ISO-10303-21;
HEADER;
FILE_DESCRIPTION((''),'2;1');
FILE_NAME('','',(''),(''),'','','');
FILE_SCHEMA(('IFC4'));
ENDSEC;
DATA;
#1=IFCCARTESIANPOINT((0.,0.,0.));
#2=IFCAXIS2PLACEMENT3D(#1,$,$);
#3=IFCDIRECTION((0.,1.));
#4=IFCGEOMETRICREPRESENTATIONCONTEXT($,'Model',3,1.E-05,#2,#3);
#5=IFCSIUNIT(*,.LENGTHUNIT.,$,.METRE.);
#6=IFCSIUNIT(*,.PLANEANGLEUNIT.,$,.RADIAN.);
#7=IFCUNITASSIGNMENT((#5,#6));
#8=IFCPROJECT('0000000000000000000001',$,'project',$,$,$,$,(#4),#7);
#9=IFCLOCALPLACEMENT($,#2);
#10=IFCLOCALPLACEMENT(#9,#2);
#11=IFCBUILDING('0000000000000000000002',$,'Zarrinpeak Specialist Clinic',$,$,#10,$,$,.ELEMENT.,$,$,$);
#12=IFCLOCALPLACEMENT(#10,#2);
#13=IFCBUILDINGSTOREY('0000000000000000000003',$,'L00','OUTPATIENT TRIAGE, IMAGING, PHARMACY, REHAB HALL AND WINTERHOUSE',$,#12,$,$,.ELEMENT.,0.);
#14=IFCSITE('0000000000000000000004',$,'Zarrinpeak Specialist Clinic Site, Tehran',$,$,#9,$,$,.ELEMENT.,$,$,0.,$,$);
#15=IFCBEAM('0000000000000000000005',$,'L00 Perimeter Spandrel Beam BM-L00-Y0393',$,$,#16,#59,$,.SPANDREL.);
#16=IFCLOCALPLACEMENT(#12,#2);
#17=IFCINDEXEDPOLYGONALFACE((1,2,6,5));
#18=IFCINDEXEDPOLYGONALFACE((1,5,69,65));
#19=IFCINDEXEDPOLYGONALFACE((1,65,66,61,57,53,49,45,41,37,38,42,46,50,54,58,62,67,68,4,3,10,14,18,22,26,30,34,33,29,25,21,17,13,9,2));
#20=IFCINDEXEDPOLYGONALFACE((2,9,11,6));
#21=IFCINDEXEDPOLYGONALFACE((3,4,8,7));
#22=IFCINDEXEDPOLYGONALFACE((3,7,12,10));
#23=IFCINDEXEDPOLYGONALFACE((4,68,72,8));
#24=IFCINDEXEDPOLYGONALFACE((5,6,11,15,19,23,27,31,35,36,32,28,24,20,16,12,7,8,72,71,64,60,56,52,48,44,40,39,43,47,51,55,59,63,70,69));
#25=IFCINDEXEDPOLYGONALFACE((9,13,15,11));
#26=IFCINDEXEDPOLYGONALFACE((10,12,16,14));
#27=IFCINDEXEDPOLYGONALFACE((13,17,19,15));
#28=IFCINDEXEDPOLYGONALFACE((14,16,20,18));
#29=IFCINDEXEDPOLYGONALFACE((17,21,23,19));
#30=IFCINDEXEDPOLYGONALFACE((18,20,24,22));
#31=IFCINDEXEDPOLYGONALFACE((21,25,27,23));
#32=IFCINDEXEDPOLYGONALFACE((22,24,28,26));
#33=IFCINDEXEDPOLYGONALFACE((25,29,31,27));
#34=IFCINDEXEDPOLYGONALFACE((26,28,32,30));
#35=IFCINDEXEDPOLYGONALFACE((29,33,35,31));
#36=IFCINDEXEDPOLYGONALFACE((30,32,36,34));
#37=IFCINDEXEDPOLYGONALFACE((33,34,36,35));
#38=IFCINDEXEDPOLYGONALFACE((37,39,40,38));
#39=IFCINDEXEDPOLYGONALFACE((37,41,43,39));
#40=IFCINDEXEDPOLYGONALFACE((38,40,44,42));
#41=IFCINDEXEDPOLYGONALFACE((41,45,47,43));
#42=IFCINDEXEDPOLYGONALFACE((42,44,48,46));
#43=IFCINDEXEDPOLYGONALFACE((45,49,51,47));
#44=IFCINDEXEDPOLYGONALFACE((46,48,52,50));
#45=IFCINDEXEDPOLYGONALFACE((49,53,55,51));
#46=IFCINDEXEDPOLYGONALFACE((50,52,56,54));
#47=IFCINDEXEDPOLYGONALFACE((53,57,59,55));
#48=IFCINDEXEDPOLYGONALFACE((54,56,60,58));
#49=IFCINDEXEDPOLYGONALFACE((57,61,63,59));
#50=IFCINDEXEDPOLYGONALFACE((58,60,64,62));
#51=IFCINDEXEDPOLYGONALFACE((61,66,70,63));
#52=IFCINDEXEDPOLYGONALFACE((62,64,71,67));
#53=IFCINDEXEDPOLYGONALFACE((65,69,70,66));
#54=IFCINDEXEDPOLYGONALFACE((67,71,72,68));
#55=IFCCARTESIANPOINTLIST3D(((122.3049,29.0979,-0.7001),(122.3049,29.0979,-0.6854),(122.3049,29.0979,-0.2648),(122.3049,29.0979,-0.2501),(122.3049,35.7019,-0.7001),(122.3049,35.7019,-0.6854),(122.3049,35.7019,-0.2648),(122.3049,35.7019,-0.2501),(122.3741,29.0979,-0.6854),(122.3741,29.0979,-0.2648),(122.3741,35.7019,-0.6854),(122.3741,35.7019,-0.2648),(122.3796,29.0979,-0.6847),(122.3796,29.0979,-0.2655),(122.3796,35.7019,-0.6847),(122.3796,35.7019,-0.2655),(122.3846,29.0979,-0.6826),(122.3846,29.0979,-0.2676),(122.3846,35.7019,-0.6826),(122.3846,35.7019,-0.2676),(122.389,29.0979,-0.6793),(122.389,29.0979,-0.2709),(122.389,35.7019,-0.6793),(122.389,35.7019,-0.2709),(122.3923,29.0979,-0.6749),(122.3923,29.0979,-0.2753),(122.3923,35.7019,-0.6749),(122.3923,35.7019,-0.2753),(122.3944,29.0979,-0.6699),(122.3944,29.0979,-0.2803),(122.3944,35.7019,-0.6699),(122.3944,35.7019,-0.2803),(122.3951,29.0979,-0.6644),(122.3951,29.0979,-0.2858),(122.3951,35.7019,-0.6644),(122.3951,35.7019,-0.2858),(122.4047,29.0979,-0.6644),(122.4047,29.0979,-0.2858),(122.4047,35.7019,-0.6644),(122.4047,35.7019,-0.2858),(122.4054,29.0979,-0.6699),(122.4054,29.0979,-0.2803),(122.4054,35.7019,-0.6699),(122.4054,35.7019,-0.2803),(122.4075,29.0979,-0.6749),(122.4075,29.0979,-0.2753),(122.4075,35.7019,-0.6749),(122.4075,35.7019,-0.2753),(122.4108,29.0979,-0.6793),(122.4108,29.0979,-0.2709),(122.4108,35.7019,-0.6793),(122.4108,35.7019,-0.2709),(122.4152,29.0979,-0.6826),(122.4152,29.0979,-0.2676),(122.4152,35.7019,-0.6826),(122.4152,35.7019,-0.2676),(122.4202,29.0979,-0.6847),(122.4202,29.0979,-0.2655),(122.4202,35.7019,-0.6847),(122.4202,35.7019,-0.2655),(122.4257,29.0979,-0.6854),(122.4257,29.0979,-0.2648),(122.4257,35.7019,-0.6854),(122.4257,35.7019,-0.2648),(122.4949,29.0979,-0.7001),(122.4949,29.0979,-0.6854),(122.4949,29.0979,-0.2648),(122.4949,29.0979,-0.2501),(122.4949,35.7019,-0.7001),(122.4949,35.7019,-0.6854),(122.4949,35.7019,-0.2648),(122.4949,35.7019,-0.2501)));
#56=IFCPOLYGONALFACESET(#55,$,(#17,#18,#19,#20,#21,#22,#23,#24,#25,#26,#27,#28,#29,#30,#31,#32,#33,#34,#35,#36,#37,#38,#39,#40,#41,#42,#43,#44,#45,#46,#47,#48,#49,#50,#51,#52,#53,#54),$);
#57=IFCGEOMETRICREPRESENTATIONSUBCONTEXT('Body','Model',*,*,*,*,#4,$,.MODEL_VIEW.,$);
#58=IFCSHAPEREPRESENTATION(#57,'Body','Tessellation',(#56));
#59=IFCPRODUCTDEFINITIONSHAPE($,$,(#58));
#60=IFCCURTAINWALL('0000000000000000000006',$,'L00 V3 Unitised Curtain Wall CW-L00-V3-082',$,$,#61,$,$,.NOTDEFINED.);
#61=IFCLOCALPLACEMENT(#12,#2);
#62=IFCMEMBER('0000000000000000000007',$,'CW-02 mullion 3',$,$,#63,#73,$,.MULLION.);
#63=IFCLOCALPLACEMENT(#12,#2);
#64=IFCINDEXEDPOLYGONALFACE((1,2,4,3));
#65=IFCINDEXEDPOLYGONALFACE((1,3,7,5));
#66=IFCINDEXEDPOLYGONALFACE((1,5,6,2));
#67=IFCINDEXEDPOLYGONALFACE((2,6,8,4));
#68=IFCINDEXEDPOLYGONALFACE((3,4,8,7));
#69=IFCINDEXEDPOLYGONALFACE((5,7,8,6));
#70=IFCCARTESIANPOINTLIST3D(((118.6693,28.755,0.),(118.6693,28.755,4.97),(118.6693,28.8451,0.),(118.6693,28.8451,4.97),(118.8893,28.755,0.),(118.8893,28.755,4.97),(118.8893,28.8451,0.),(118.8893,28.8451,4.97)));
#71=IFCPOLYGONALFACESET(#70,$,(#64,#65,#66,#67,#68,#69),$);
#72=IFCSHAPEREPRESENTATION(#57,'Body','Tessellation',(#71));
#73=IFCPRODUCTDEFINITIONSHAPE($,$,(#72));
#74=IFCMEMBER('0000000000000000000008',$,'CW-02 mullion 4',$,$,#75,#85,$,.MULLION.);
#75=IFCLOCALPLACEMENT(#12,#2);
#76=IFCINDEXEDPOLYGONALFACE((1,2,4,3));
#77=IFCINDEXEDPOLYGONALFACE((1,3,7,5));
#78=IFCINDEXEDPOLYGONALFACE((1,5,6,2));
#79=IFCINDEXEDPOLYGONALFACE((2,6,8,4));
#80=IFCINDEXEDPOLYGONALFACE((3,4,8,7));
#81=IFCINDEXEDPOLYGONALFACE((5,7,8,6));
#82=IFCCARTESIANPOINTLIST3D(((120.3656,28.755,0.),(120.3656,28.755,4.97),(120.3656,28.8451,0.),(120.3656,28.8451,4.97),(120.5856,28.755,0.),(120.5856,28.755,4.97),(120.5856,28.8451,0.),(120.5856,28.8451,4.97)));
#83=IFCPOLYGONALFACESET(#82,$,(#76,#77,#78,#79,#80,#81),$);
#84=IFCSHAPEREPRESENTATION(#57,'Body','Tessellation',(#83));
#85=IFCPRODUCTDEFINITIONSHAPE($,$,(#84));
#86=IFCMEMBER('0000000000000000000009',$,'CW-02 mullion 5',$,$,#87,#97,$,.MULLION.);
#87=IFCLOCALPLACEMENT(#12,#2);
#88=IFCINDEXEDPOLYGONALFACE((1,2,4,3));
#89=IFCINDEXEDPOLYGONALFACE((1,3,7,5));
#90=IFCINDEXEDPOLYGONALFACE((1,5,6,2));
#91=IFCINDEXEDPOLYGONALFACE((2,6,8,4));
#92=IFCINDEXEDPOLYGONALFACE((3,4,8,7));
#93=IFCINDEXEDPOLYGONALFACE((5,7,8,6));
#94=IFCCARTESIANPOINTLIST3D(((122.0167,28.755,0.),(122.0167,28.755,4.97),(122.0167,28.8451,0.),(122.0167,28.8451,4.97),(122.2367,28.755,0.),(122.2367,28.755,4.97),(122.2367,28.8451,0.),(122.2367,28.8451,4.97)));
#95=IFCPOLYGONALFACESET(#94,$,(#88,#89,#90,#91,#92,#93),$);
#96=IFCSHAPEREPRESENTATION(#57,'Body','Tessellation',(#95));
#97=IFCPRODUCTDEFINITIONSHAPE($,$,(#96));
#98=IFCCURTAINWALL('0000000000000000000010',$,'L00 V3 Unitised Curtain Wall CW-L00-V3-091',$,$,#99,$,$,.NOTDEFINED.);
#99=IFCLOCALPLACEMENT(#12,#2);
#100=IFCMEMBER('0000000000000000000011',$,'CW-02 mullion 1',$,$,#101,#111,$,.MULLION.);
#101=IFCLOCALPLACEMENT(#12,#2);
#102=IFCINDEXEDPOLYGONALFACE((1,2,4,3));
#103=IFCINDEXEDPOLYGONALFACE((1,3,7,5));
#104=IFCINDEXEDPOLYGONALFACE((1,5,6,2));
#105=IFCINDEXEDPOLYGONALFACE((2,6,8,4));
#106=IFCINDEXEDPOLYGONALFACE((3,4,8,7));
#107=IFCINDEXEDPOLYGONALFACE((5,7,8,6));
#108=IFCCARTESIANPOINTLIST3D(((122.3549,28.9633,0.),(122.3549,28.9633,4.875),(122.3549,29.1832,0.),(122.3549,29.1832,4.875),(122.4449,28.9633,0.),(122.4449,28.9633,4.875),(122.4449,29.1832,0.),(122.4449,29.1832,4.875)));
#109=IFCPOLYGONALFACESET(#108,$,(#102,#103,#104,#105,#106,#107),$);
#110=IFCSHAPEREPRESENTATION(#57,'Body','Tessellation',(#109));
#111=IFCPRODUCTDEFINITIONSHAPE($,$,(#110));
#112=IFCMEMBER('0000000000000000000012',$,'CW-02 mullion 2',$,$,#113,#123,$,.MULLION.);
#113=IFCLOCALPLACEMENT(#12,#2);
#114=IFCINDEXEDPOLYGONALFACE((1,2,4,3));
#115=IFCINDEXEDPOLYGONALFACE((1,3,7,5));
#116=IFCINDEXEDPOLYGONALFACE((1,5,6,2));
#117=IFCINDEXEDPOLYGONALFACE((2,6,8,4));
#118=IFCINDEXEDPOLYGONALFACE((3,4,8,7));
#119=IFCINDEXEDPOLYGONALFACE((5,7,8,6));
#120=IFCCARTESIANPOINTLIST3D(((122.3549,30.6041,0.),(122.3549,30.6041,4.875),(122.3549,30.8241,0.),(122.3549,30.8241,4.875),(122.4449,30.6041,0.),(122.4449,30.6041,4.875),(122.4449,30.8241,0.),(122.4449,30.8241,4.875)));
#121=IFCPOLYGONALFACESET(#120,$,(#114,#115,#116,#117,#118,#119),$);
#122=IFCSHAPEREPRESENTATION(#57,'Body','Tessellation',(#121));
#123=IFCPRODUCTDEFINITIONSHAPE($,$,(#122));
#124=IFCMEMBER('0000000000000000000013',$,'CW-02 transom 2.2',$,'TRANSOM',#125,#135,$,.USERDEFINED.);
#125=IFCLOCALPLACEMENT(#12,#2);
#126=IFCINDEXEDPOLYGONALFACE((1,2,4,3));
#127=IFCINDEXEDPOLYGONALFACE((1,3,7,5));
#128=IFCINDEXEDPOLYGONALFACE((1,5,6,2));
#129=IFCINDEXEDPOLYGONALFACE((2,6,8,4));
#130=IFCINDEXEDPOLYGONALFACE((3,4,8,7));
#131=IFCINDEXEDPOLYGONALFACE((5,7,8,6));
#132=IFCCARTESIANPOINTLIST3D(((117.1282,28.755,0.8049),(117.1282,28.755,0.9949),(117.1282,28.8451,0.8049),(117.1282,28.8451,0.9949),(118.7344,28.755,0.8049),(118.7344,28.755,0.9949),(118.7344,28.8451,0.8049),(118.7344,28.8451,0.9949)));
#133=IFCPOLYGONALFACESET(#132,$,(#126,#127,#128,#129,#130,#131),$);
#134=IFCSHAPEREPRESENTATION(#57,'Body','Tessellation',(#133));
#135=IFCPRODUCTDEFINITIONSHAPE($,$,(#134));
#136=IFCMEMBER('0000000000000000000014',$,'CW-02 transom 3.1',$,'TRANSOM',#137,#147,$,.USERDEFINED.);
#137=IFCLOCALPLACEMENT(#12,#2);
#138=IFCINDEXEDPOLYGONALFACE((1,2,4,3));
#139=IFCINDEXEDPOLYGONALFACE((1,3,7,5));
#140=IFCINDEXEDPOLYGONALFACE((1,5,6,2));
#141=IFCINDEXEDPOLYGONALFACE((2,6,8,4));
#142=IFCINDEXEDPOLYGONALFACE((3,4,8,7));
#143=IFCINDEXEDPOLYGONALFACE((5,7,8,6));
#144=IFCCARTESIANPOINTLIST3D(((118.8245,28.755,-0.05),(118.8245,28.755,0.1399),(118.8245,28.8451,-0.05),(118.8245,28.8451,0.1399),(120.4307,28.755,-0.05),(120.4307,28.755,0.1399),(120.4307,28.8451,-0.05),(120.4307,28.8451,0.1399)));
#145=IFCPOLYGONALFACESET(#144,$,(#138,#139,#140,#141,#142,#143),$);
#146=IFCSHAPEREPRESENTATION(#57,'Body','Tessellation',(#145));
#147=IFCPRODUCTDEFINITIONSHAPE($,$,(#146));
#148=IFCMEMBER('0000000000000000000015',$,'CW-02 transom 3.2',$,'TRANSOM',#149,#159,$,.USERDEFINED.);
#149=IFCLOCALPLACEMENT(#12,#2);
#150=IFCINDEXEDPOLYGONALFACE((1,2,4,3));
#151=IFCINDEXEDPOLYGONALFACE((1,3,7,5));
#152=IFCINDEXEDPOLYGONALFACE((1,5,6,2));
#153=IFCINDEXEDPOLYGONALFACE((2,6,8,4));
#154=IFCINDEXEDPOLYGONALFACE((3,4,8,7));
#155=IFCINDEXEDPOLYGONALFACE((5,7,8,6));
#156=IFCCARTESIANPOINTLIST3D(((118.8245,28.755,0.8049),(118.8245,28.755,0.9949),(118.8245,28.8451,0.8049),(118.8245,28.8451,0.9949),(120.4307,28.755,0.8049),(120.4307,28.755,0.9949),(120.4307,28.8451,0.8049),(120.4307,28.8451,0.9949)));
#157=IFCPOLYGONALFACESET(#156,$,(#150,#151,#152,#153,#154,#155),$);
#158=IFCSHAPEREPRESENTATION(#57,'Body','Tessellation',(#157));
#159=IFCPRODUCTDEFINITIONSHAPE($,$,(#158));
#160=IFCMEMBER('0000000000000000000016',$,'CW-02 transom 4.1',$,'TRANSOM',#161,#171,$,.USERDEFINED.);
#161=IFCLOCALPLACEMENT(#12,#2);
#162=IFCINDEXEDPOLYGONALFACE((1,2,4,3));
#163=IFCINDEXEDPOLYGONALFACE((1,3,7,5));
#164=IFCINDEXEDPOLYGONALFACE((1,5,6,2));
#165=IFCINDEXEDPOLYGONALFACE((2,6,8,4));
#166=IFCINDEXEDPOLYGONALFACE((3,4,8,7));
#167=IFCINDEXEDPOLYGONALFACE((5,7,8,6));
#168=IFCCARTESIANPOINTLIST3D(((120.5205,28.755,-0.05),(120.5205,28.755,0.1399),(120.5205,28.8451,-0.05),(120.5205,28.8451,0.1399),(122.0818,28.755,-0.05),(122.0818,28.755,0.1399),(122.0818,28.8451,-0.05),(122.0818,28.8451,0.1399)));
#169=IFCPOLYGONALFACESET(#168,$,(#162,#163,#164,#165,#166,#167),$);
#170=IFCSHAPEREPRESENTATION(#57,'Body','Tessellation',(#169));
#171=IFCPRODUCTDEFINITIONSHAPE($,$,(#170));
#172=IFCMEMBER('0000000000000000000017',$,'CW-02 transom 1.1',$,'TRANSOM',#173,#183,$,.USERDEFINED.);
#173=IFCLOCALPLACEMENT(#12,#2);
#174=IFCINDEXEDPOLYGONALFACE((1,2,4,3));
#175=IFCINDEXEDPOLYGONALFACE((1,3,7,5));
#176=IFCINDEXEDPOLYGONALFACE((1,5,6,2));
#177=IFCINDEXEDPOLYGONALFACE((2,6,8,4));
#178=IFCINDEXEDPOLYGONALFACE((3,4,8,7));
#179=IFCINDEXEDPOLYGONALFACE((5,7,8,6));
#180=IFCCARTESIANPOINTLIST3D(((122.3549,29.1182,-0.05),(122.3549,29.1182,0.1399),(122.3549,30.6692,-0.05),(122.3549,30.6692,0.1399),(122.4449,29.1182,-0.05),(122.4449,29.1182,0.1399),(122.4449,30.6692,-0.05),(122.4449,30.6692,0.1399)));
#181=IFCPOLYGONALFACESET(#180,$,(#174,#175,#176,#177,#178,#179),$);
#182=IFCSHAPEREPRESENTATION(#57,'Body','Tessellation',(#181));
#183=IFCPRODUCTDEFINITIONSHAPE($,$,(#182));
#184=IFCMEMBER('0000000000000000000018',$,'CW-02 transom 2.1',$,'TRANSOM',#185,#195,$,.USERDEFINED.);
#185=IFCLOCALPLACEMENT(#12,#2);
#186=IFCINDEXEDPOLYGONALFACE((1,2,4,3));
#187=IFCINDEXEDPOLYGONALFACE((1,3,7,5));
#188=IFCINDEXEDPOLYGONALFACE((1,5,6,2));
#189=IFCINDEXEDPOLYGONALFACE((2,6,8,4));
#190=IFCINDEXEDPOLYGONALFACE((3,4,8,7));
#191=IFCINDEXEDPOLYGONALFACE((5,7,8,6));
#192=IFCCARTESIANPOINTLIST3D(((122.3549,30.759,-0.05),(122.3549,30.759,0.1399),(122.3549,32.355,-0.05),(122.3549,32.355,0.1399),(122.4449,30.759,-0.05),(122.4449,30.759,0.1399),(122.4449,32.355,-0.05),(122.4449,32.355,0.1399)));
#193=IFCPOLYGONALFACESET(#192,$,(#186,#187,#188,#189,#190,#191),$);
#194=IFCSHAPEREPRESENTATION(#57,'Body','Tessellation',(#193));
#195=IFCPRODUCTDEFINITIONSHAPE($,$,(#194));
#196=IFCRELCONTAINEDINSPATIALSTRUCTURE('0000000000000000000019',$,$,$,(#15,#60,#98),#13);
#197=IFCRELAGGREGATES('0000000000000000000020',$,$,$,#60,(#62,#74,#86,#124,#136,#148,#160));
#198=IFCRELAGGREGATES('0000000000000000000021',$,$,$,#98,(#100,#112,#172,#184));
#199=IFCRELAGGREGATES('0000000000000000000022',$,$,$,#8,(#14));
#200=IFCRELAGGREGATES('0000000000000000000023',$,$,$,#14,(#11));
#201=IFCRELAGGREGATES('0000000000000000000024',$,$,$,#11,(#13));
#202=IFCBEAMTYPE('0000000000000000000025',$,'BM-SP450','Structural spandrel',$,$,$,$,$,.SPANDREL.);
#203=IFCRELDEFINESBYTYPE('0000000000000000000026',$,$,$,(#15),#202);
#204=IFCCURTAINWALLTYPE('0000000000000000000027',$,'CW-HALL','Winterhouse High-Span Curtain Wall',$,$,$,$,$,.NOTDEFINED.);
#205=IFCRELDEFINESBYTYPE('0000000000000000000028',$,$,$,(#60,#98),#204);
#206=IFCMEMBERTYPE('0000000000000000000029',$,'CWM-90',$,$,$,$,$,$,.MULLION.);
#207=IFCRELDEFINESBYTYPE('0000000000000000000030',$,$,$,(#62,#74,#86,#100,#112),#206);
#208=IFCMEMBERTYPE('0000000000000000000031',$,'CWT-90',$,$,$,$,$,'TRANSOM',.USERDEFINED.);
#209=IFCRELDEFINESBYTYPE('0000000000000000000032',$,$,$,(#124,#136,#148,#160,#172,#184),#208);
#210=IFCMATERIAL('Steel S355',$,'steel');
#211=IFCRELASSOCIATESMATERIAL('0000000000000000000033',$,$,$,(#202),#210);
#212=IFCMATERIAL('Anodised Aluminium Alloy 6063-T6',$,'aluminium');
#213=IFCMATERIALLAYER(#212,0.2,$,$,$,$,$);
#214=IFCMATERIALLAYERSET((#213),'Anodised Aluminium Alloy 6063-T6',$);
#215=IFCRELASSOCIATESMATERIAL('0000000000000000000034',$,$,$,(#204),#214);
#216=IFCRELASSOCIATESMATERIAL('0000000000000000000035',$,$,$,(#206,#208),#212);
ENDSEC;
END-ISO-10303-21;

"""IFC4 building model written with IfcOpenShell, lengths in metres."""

from ifc_helpers import new_model, si_unit, direction, frame, origin, origin_2d, place, context, subcontext, project, spatial, rectangle, i_section, extrude, material, layer, layer_set, material_profile, profile_set, type_object, element, aggregate, save


model = new_model("IFC4")

# Units and contexts
model_context = context("Model", 3, precision=1e-05, world=origin(), true_north=direction((0.0, 1.0)))
body_context = subcontext(model_context, "Body", "Model", "MODEL_VIEW")
ifc_project = project(units=[si_unit("LENGTHUNIT", "METRE"), si_unit("PLANEANGLEUNIT", "RADIAN")], contexts=[model_context])

# Site, building, storey
site_placement = place(None, origin())
site = spatial("IfcSite", under=ifc_project, at=site_placement, Name="Zarrinpeak Specialist Clinic Site, Tehran", CompositionType="ELEMENT", RefElevation=0.0)
building_placement = place(site_placement, origin())
building = spatial("IfcBuilding", under=site, at=building_placement, Name="Zarrinpeak Specialist Clinic", CompositionType="ELEMENT")
storey_placement = place(building_placement, origin())
storey = spatial("IfcBuildingStorey", under=building, at=storey_placement, Name="L00", Description="OUTPATIENT TRIAGE, IMAGING, PHARMACY, REHAB HALL AND WINTERHOUSE", CompositionType="ELEMENT", Elevation=0.0)

# Shared definitions
ifc_material_1 = material(Name="Steel S355", Category="steel")

# Beam
ifc_material_profile_1 = material_profile(ifc_material_1, i_section(OverallWidth=0.1899, OverallDepth=0.45, WebThickness=0.0095, FlangeThickness=0.0146, FilletRadius=0.021, at=origin_2d()), Name="IPE 450")
ifc_profile_set_1 = profile_set([ifc_material_profile_1], Name="Steel S355")
beam_type_1 = type_object("IfcBeamType", Name="BM-SP450", Description="Structural spandrel", PredefinedType="SPANDREL", material=ifc_profile_set_1)
beam_placement = place(storey_placement, frame((122.3999, 29.0979, -0.4751), z_axis=(0.0, 1.0, 0.0), x_axis=(-1.0, 0.0, 0.0)))
element("IfcBeam", 1, at=beam_placement, inside=storey, type_object=beam_type_1, Name="L00 Perimeter Spandrel Beam BM-L00-Y0393", PredefinedType="SPANDREL", context=body_context, shape_type="SweptSolid", body=[
    extrude(i_section(OverallWidth=0.1899, OverallDepth=0.45, WebThickness=0.0095, FlangeThickness=0.0146, FilletRadius=0.021, at=origin_2d()), origin(), (0.0, 0.0, 1.0), 6.604),
])

# Curtain walls, members
ifc_material_2 = material(Name="Anodised Aluminium Alloy 6063-T6", Category="aluminium")
ifc_layer_1 = layer(ifc_material_2, 0.2)
ifc_layer_set_1 = layer_set([ifc_layer_1], Name="Anodised Aluminium Alloy 6063-T6")
curtain_wall_type = type_object("IfcCurtainWallType", Name="CW-HALL", Description="Winterhouse High-Span Curtain Wall", PredefinedType="NOTDEFINED", material=ifc_layer_set_1)
curtain_wall_1_placement = place(storey_placement, origin())
curtain_wall_1 = element("IfcCurtainWall", 2, at=curtain_wall_1_placement, inside=storey, type_object=curtain_wall_type, Name="L00 V3 Unitised Curtain Wall CW-L00-V3-082", PredefinedType="NOTDEFINED")
ifc_material_profile_2 = material_profile(ifc_material_2, rectangle(XDim=0.0901, YDim=0.22, at=origin_2d()), Name="ALU 90x220")
ifc_profile_set_2 = profile_set([ifc_material_profile_2], Name="Anodised Aluminium Alloy 6063-T6")
member_type_1 = type_object("IfcMemberType", Name="CWM-90", PredefinedType="MULLION", material=ifc_profile_set_2)
member_1_placement = place(storey_placement, frame((118.7793, 28.8, 0.0), z_axis=(0.0, 0.0, 1.0), x_axis=(0.0, 1.0, 0.0)))
member_1 = element("IfcMember", 3, at=member_1_placement, type_object=member_type_1, Name="CW-02 mullion 3", PredefinedType="MULLION", context=body_context, shape_type="SweptSolid", body=[
    extrude(rectangle(XDim=0.0901, YDim=0.22, at=origin_2d()), origin(), (0.0, 0.0, 1.0), 4.97),
])
member_2_placement = place(storey_placement, frame((120.4756, 28.8, 0.0), z_axis=(0.0, 0.0, 1.0), x_axis=(0.0, 1.0, 0.0)))
member_2 = element("IfcMember", 4, at=member_2_placement, type_object=member_type_1, Name="CW-02 mullion 4", PredefinedType="MULLION", context=body_context, shape_type="SweptSolid", body=[
    extrude(rectangle(XDim=0.0901, YDim=0.22, at=origin_2d()), origin(), (0.0, 0.0, 1.0), 4.97),
])
member_3_placement = place(storey_placement, frame((122.1267, 28.8, 0.0), z_axis=(0.0, 0.0, 1.0), x_axis=(0.0, 1.0, 0.0)))
member_3 = element("IfcMember", 5, at=member_3_placement, type_object=member_type_1, Name="CW-02 mullion 5", PredefinedType="MULLION", context=body_context, shape_type="SweptSolid", body=[
    extrude(rectangle(XDim=0.0901, YDim=0.22, at=origin_2d()), origin(), (0.0, 0.0, 1.0), 4.97),
])
curtain_wall_2_placement = place(storey_placement, origin())
curtain_wall_2 = element("IfcCurtainWall", 6, at=curtain_wall_2_placement, inside=storey, type_object=curtain_wall_type, Name="L00 V3 Unitised Curtain Wall CW-L00-V3-091", PredefinedType="NOTDEFINED")
member_4_placement = place(storey_placement, frame((122.3999, 29.0732, 0.0), z_axis=(0.0, 0.0, 1.0), x_axis=(-1.0, 0.0, 0.0)))
member_4 = element("IfcMember", 7, at=member_4_placement, type_object=member_type_1, Name="CW-02 mullion 1", PredefinedType="MULLION", context=body_context, shape_type="SweptSolid", body=[
    extrude(rectangle(XDim=0.0901, YDim=0.22, at=origin_2d()), origin(), (0.0, 0.0, 1.0), 4.875),
])
member_5_placement = place(storey_placement, frame((122.3999, 30.7141, 0.0), z_axis=(0.0, 0.0, 1.0), x_axis=(-1.0, 0.0, 0.0)))
member_5 = element("IfcMember", 8, at=member_5_placement, type_object=member_type_1, Name="CW-02 mullion 2", PredefinedType="MULLION", context=body_context, shape_type="SweptSolid", body=[
    extrude(rectangle(XDim=0.0901, YDim=0.22, at=origin_2d()), origin(), (0.0, 0.0, 1.0), 4.875),
])

# Members
ifc_material_profile_3 = material_profile(ifc_material_2, rectangle(XDim=0.0901, YDim=0.1899, at=origin_2d()), Name="ALU 90x190")
ifc_profile_set_3 = profile_set([ifc_material_profile_3], Name="Anodised Aluminium Alloy 6063-T6")
member_type_2 = type_object("IfcMemberType", Name="CWT-90", ElementType="TRANSOM", PredefinedType="USERDEFINED", material=ifc_profile_set_3)
member_6_placement = place(storey_placement, frame((117.1282, 28.8, 0.8999), z_axis=(1.0, 0.0, 0.0), x_axis=(0.0, 1.0, 0.0)))
member_6 = element("IfcMember", 9, at=member_6_placement, type_object=member_type_2, Name="CW-02 transom 2.2", ObjectType="TRANSOM", PredefinedType="USERDEFINED", context=body_context, shape_type="SweptSolid", body=[
    extrude(rectangle(XDim=0.0901, YDim=0.1899, at=origin_2d()), origin(), (0.0, 0.0, 1.0), 1.6062),
])
member_7_placement = place(storey_placement, frame((118.8245, 28.8, 0.0449), z_axis=(1.0, 0.0, 0.0), x_axis=(0.0, 1.0, 0.0)))
member_7 = element("IfcMember", 10, at=member_7_placement, type_object=member_type_2, Name="CW-02 transom 3.1", ObjectType="TRANSOM", PredefinedType="USERDEFINED", context=body_context, shape_type="SweptSolid", body=[
    extrude(rectangle(XDim=0.0901, YDim=0.1899, at=origin_2d()), origin(), (0.0, 0.0, 1.0), 1.6062),
])
member_8_placement = place(storey_placement, frame((118.8245, 28.8, 0.8999), z_axis=(1.0, 0.0, 0.0), x_axis=(0.0, 1.0, 0.0)))
member_8 = element("IfcMember", 11, at=member_8_placement, type_object=member_type_2, Name="CW-02 transom 3.2", ObjectType="TRANSOM", PredefinedType="USERDEFINED", context=body_context, shape_type="SweptSolid", body=[
    extrude(rectangle(XDim=0.0901, YDim=0.1899, at=origin_2d()), origin(), (0.0, 0.0, 1.0), 1.6062),
])
member_9_placement = place(storey_placement, frame((120.5205, 28.8, 0.0449), z_axis=(1.0, 0.0, 0.0), x_axis=(0.0, 1.0, 0.0)))
member_9 = element("IfcMember", 12, at=member_9_placement, type_object=member_type_2, Name="CW-02 transom 4.1", ObjectType="TRANSOM", PredefinedType="USERDEFINED", context=body_context, shape_type="SweptSolid", body=[
    extrude(rectangle(XDim=0.0901, YDim=0.1899, at=origin_2d()), origin(), (0.0, 0.0, 1.0), 1.5613),
])
member_10_placement = place(storey_placement, frame((122.3999, 29.1182, 0.0449), z_axis=(0.0, 1.0, 0.0), x_axis=(-1.0, 0.0, 0.0)))
member_10 = element("IfcMember", 13, at=member_10_placement, type_object=member_type_2, Name="CW-02 transom 1.1", ObjectType="TRANSOM", PredefinedType="USERDEFINED", context=body_context, shape_type="SweptSolid", body=[
    extrude(rectangle(XDim=0.0901, YDim=0.1899, at=origin_2d()), origin(), (0.0, 0.0, 1.0), 1.551),
])
member_11_placement = place(storey_placement, frame((122.3999, 30.759, 0.0449), z_axis=(0.0, 1.0, 0.0), x_axis=(-1.0, 0.0, 0.0)))
member_11 = element("IfcMember", 14, at=member_11_placement, type_object=member_type_2, Name="CW-02 transom 2.1", ObjectType="TRANSOM", PredefinedType="USERDEFINED", context=body_context, shape_type="SweptSolid", body=[
    extrude(rectangle(XDim=0.0901, YDim=0.1899, at=origin_2d()), origin(), (0.0, 0.0, 1.0), 1.5959),
])

aggregate(curtain_wall_1, [member_1, member_2, member_3, member_6, member_7, member_8, member_9])
aggregate(curtain_wall_2, [member_4, member_5, member_10, member_11])

save(model, "model.ifc")
